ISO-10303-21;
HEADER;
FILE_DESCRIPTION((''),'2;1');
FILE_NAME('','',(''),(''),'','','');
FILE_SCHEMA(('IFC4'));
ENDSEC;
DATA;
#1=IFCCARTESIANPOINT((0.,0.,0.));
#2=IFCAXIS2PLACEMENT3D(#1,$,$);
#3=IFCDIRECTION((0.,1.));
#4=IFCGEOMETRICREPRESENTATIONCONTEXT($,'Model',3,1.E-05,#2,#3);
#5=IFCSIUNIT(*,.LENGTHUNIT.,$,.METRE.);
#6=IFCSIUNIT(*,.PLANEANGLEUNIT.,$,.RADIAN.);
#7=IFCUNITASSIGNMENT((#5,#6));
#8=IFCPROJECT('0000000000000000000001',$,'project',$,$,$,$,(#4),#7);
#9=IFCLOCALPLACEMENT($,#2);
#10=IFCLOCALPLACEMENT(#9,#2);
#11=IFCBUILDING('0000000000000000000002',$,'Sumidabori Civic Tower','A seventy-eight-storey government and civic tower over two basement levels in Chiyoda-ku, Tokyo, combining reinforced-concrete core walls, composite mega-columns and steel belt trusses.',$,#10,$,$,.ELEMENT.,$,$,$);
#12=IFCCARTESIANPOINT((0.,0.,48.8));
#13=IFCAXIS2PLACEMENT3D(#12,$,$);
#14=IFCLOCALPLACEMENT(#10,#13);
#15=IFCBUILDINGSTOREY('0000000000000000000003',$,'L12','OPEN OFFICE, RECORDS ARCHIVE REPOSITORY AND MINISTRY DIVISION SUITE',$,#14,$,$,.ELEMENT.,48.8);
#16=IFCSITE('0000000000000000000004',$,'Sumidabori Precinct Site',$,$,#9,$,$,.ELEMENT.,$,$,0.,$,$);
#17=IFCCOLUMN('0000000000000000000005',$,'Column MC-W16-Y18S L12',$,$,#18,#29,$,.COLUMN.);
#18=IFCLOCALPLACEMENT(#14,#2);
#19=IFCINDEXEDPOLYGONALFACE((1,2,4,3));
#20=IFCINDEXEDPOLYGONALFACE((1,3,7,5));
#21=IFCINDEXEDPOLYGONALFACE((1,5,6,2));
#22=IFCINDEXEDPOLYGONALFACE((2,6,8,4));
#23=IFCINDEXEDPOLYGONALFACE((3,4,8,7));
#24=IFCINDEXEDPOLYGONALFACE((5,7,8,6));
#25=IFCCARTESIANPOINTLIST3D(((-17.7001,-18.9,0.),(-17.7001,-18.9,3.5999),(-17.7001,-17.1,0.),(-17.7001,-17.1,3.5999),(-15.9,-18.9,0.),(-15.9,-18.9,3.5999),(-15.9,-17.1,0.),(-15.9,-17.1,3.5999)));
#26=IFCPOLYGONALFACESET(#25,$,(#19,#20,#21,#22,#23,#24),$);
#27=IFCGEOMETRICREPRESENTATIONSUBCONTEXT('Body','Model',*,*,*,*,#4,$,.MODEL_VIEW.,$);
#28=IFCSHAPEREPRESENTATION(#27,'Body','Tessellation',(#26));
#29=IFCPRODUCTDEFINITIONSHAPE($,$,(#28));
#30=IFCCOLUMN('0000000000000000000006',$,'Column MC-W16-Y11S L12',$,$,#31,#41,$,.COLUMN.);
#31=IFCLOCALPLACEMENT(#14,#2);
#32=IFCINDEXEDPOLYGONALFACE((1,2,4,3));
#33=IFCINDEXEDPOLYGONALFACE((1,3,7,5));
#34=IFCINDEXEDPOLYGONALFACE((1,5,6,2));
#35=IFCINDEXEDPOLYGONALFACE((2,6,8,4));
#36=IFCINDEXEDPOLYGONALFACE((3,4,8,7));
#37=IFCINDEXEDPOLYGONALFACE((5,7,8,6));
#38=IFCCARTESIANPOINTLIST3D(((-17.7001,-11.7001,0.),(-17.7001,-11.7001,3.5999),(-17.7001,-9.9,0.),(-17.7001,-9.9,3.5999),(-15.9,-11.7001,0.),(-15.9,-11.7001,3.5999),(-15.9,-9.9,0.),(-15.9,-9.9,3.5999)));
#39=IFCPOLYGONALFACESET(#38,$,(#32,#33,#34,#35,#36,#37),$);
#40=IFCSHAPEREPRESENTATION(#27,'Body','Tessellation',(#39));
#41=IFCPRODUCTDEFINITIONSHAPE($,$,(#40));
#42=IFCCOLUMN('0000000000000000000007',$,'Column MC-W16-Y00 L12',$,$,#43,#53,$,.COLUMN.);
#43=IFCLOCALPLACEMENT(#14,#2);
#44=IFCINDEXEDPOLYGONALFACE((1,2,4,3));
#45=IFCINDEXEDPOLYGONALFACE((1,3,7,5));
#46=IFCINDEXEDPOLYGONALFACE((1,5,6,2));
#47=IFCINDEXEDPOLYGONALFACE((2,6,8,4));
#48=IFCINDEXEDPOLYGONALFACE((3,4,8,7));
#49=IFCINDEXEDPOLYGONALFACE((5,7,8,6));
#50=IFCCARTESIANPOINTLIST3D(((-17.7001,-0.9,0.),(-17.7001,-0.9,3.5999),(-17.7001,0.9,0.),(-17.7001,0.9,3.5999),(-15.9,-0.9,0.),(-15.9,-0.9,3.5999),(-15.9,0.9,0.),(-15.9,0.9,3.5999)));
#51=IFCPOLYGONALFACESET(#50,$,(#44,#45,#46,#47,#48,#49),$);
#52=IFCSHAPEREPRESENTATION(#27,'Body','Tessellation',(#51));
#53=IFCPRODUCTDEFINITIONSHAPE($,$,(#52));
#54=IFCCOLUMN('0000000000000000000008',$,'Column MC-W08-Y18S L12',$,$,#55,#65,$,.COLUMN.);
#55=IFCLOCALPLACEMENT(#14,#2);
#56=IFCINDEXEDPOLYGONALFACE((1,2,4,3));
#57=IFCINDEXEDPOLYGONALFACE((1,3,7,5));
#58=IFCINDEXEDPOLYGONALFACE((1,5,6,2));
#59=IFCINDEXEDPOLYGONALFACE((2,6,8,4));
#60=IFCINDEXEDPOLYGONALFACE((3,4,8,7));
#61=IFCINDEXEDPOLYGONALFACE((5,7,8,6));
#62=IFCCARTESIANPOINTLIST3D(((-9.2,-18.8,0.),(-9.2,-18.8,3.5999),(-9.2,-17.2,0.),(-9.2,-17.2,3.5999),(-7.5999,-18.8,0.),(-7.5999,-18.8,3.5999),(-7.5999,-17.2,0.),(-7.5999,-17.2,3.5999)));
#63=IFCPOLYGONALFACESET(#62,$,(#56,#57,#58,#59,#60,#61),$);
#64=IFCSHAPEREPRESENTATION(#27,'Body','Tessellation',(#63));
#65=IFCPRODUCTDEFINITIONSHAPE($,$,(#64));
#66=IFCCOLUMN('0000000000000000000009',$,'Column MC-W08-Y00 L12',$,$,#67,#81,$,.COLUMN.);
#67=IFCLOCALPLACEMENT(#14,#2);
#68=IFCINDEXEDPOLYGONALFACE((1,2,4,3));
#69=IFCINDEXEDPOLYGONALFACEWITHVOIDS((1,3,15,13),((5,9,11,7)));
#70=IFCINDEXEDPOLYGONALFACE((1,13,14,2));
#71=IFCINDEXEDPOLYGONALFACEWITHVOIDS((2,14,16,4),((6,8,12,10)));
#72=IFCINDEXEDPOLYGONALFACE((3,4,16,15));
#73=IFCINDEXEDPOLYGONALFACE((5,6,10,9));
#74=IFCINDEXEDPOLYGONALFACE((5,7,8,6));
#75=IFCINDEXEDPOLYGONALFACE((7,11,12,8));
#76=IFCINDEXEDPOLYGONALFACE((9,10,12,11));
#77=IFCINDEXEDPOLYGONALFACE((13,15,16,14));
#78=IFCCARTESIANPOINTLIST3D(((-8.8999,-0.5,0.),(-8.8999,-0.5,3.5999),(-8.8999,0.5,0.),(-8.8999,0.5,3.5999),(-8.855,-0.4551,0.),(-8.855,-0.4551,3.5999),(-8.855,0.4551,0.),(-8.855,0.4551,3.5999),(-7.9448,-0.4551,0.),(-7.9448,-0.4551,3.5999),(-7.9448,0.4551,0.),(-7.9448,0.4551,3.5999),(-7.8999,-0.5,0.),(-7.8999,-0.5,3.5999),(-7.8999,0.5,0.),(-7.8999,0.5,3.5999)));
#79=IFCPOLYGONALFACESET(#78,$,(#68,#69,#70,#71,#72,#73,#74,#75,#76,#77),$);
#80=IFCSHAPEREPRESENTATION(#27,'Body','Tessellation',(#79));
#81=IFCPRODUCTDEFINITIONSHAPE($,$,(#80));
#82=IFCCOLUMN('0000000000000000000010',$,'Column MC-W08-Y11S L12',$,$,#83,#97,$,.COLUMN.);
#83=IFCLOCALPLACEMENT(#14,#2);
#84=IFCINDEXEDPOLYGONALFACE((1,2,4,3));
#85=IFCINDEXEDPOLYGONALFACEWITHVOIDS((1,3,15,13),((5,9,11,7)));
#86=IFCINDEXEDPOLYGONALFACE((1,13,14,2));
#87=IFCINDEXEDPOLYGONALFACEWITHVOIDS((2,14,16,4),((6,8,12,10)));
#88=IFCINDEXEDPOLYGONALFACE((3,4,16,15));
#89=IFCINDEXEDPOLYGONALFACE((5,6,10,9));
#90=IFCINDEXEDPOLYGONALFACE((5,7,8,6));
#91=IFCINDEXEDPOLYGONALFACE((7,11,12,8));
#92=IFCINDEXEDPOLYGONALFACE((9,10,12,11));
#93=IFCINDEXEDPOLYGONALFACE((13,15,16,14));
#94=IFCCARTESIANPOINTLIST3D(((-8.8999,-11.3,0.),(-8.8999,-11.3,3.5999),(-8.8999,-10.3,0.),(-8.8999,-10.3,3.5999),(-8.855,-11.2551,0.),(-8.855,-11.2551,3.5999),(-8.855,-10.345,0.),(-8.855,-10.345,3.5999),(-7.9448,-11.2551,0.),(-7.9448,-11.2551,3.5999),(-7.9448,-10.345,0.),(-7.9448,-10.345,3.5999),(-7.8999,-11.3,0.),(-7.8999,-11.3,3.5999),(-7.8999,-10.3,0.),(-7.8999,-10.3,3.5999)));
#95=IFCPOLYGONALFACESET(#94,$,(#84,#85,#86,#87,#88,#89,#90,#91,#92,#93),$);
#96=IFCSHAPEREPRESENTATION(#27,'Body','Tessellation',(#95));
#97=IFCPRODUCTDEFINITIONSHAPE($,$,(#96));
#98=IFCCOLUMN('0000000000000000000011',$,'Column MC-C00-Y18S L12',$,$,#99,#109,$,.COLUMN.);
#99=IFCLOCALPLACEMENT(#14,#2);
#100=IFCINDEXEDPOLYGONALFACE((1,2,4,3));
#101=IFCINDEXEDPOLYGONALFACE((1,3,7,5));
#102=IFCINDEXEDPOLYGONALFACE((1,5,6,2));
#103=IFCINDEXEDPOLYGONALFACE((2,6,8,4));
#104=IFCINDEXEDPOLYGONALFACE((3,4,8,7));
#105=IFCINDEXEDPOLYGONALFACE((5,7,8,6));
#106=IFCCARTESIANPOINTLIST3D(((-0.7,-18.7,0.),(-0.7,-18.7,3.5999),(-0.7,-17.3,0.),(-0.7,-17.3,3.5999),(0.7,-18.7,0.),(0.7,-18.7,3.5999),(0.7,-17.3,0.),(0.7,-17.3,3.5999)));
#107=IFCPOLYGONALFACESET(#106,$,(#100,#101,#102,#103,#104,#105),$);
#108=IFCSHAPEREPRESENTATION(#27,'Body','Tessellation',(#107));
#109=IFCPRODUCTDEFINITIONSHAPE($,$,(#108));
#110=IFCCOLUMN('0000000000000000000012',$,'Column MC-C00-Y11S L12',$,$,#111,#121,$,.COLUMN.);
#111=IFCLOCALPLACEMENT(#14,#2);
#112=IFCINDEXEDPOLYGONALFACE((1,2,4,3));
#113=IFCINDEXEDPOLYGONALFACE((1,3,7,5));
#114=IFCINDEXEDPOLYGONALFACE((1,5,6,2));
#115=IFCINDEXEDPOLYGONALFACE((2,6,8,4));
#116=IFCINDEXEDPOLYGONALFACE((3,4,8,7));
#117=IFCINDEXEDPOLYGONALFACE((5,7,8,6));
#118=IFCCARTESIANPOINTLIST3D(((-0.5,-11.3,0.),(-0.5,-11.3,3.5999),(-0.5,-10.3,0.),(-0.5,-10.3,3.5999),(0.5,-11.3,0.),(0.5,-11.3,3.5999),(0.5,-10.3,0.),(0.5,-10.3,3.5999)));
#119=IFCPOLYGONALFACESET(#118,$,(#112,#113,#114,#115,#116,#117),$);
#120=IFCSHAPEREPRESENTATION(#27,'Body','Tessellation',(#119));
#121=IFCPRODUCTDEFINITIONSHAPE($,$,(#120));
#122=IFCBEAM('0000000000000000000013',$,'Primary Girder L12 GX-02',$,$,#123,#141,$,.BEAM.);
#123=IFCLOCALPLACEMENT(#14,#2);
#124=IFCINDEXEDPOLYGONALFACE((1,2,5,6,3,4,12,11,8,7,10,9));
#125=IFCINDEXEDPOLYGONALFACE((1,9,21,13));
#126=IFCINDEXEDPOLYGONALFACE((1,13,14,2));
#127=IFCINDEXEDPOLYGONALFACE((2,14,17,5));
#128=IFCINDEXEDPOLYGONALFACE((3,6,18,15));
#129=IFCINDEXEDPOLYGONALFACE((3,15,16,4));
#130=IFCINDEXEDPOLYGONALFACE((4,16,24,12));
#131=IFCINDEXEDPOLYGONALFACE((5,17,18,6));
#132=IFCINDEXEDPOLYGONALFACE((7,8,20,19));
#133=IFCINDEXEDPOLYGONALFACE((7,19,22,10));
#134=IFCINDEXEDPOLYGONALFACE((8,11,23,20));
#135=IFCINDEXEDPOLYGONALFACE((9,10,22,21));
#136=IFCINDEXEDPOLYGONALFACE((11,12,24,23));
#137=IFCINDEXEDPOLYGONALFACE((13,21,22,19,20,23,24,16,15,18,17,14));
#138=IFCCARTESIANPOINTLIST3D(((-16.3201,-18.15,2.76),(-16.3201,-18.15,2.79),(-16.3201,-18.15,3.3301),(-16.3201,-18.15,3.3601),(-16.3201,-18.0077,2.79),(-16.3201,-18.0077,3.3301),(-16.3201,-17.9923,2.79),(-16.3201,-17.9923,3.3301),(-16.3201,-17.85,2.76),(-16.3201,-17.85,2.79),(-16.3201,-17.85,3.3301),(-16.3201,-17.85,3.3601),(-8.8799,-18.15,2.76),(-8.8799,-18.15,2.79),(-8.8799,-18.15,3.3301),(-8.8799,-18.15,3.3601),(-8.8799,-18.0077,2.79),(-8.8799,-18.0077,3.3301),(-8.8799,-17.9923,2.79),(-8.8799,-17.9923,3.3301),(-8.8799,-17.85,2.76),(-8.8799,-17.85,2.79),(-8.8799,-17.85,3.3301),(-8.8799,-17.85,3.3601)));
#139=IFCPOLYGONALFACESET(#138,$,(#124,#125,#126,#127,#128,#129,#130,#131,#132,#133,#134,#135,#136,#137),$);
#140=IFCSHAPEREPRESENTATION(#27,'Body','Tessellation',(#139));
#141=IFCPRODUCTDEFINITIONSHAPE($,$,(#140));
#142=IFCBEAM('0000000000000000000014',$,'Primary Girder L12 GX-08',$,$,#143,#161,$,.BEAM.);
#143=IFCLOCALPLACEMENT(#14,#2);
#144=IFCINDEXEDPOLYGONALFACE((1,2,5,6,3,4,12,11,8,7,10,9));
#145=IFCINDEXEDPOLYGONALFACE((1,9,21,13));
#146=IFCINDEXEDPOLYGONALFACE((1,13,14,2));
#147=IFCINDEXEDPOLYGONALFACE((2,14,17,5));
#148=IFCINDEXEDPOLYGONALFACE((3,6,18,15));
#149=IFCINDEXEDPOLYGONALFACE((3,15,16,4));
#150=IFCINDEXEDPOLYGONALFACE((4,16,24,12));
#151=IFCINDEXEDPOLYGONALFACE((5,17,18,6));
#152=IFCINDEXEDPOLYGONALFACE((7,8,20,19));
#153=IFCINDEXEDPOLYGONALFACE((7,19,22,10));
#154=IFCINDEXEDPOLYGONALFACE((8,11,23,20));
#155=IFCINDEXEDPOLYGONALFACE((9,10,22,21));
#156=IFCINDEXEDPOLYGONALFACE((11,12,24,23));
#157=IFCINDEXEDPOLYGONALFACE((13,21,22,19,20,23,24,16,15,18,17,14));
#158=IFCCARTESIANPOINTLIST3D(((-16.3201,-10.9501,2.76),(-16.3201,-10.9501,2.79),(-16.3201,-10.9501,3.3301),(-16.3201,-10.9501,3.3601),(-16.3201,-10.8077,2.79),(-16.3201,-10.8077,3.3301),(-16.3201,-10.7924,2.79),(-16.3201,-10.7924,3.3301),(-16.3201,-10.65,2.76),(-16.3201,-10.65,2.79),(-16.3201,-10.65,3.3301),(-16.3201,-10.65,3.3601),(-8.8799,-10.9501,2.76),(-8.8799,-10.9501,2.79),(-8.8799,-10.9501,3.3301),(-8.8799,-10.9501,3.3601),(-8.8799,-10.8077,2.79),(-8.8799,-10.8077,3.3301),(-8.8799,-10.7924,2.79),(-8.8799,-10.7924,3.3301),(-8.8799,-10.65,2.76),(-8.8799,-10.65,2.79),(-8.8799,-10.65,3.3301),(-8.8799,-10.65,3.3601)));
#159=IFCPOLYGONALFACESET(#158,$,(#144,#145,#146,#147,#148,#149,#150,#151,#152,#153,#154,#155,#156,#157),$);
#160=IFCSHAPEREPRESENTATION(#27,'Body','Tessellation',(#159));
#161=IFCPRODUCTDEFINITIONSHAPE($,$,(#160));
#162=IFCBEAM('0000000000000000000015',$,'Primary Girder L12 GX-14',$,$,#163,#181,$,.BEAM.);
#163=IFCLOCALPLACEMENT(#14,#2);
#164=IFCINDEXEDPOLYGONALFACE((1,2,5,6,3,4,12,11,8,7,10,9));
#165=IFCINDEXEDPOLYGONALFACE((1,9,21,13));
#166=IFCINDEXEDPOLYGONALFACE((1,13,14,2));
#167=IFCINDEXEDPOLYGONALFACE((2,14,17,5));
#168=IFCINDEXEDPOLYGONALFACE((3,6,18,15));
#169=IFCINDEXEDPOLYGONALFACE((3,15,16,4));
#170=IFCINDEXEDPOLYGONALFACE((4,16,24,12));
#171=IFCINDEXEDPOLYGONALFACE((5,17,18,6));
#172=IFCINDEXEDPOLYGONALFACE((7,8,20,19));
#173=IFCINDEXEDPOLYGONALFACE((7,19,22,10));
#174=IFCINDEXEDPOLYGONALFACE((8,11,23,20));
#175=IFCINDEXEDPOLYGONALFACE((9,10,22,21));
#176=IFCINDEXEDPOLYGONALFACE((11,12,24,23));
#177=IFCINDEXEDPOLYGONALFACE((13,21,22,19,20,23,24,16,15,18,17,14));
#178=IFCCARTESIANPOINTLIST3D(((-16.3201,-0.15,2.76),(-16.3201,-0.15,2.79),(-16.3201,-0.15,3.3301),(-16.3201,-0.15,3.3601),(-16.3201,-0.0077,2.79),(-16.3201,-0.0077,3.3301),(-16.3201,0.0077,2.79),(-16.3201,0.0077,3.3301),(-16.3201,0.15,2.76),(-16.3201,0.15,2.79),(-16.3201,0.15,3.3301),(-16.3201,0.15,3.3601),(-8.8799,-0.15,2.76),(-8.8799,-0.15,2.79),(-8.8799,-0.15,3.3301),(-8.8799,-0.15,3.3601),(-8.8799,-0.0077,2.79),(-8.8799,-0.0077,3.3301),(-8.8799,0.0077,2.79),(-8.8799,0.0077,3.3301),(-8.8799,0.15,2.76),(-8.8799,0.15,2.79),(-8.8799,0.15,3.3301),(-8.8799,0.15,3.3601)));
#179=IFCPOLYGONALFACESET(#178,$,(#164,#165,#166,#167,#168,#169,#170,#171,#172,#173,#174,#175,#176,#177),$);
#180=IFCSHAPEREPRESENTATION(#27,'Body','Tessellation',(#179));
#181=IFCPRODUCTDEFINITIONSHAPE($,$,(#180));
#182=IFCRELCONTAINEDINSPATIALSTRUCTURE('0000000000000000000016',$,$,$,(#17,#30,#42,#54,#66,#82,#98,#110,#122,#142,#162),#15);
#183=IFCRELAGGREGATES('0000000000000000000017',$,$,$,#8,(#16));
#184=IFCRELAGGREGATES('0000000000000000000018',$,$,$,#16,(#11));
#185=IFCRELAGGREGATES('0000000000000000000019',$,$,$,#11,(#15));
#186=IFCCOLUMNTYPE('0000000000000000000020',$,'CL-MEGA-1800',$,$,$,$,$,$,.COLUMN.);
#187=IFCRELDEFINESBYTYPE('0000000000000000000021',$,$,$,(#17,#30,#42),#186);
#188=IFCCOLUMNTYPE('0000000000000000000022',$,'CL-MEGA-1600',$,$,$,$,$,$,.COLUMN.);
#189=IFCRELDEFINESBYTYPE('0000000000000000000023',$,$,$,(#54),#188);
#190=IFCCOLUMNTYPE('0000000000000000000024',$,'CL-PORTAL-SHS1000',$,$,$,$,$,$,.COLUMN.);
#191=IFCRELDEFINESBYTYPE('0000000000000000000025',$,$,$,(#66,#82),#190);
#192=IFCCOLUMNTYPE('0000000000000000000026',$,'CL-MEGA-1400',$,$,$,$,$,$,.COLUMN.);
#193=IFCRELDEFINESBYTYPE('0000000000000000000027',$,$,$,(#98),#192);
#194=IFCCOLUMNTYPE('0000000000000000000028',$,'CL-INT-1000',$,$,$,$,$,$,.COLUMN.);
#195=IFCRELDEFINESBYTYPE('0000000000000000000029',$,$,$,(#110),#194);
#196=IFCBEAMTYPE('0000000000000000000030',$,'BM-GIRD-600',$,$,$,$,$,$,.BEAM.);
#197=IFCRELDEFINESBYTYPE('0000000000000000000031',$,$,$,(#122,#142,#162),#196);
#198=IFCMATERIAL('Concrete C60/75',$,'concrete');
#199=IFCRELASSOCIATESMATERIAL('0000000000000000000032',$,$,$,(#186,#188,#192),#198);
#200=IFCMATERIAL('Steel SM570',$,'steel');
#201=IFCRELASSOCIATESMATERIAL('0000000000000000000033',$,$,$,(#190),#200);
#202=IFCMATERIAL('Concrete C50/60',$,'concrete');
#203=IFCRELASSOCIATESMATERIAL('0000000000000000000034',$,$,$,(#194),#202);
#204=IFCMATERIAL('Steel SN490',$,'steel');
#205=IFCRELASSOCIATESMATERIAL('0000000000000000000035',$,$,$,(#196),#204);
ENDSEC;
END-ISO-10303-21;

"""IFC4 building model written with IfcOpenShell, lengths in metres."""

from ifc_helpers import new_model, si_unit, direction, frame, origin, origin_2d, place, context, subcontext, project, spatial, rectangle, hollow_rectangle, i_section, extrude, source, transform, mapped, material, material_profile, profile_set, type_object, element, save


model = new_model("IFC4")

# Units and contexts
model_context = context("Model", 3, precision=1e-05, world=origin(), true_north=direction((0.0, 1.0)))
body_context = subcontext(model_context, "Body", "Model", "MODEL_VIEW")
ifc_project = project(units=[si_unit("LENGTHUNIT", "METRE"), si_unit("PLANEANGLEUNIT", "RADIAN")], contexts=[model_context])

# Site, building, storey
site_placement = place(None, origin())
site = spatial("IfcSite", under=ifc_project, at=site_placement, Name="Sumidabori Precinct Site", CompositionType="ELEMENT", RefElevation=0.0)
building_placement = place(site_placement, origin())
building = spatial("IfcBuilding", under=site, at=building_placement, Name="Sumidabori Civic Tower", Description="A seventy-eight-storey government and civic tower over two basement levels in Chiyoda-ku, Tokyo, combining reinforced-concrete core walls, composite mega-columns and steel belt trusses.", CompositionType="ELEMENT")
storey_placement = place(building_placement, frame((0.0, 0.0, 48.8)))
storey = spatial("IfcBuildingStorey", under=building, at=storey_placement, Name="L12", Description="OPEN OFFICE, RECORDS ARCHIVE REPOSITORY AND MINISTRY DIVISION SUITE", CompositionType="ELEMENT", Elevation=48.8)

# Columns
ifc_material_1 = material(Name="Concrete C60/75", Category="concrete")
ifc_material_profile_1 = material_profile(ifc_material_1, rectangle(XDim=1.8, YDim=1.8, at=origin_2d()), Name="RC 1800x1800")
ifc_profile_set_1 = profile_set([ifc_material_profile_1], Name="Concrete C60/75")
column_type_1 = type_object("IfcColumnType", Name="CL-MEGA-1800", PredefinedType="COLUMN", material=ifc_profile_set_1)
shared_shape_1 = source(origin(), body_context, "Body", "SweptSolid", [
    extrude(rectangle(XDim=1.8, YDim=1.8, at=origin_2d()), origin(), (0.0, 0.0, 1.0), 3.5999),
])
for number, where, z_axis, x_axis, name in (
    (1, (-16.8, -18.0, 0.0), (0.0, 0.0, 1.0), (1.0, 0.0, 0.0), "Column MC-W16-Y18S L12"),
    (2, (-16.8, -10.8, 0.0), (0.0, 0.0, 1.0), (1.0, 0.0, 0.0), "Column MC-W16-Y11S L12"),
    (3, (-16.8, 0.0, 0.0), (0.0, 0.0, 1.0), (1.0, 0.0, 0.0), "Column MC-W16-Y00 L12"),
):
    element("IfcColumn", number, at=place(storey_placement, frame(where, z_axis=z_axis, x_axis=x_axis)), inside=storey, type_object=column_type_1, Name=name, PredefinedType="COLUMN", context=body_context, shape_type="MappedRepresentation", body=[
        mapped(shared_shape_1, transform((0.0, 0.0, 0.0), x_axis=(1.0, 0.0, 0.0), y_axis=(0.0, 1.0, 0.0), z_axis=(0.0, 0.0, 1.0), scale=1.0)),
    ])
ifc_material_profile_2 = material_profile(ifc_material_1, rectangle(XDim=1.6001, YDim=1.6001, at=origin_2d()), Name="RC 1600x1600")
ifc_profile_set_2 = profile_set([ifc_material_profile_2], Name="Concrete C60/75")
column_type_2 = type_object("IfcColumnType", Name="CL-MEGA-1600", PredefinedType="COLUMN", material=ifc_profile_set_2)
shared_shape_2 = source(origin(), body_context, "Body", "SweptSolid", [
    extrude(rectangle(XDim=1.6001, YDim=1.6001, at=origin_2d()), origin(), (0.0, 0.0, 1.0), 3.5999),
])
column_1_placement = place(storey_placement, frame((-8.3999, -18.0, 0.0), z_axis=(0.0, 0.0, 1.0), x_axis=(1.0, 0.0, 0.0)))
element("IfcColumn", 4, at=column_1_placement, inside=storey, type_object=column_type_2, Name="Column MC-W08-Y18S L12", PredefinedType="COLUMN", context=body_context, shape_type="MappedRepresentation", body=[
    mapped(shared_shape_2, transform((0.0, 0.0, 0.0), x_axis=(1.0, 0.0, 0.0), y_axis=(0.0, 1.0, 0.0), z_axis=(0.0, 0.0, 1.0), scale=1.0)),
])
ifc_material_2 = material(Name="Steel SM570", Category="steel")
ifc_material_profile_3 = material_profile(ifc_material_2, hollow_rectangle(XDim=1.0, YDim=1.0, WallThickness=0.0449, at=origin_2d()), Name="SHS 1000x1000x45")
ifc_profile_set_3 = profile_set([ifc_material_profile_3], Name="Steel SM570")
column_type_3 = type_object("IfcColumnType", Name="CL-PORTAL-SHS1000", PredefinedType="COLUMN", material=ifc_profile_set_3)
shared_shape_3 = source(origin(), body_context, "Body", "SweptSolid", [
    extrude(hollow_rectangle(XDim=1.0, YDim=1.0, WallThickness=0.0449, at=origin_2d()), origin(), (0.0, 0.0, 1.0), 3.5999),
])
for number, where, z_axis, x_axis, name in (
    (5, (-8.3999, 0.0, 0.0), (0.0, 0.0, 1.0), (1.0, 0.0, 0.0), "Column MC-W08-Y00 L12"),
    (6, (-8.3999, -10.8, 0.0), (0.0, 0.0, 1.0), (1.0, 0.0, 0.0), "Column MC-W08-Y11S L12"),
):
    element("IfcColumn", number, at=place(storey_placement, frame(where, z_axis=z_axis, x_axis=x_axis)), inside=storey, type_object=column_type_3, Name=name, PredefinedType="COLUMN", context=body_context, shape_type="MappedRepresentation", body=[
        mapped(shared_shape_3, transform((0.0, 0.0, 0.0), x_axis=(1.0, 0.0, 0.0), y_axis=(0.0, 1.0, 0.0), z_axis=(0.0, 0.0, 1.0), scale=1.0)),
    ])
ifc_material_profile_4 = material_profile(ifc_material_1, rectangle(XDim=1.3999, YDim=1.3999, at=origin_2d()), Name="RC 1400x1400")
ifc_profile_set_4 = profile_set([ifc_material_profile_4], Name="Concrete C60/75")
column_type_4 = type_object("IfcColumnType", Name="CL-MEGA-1400", PredefinedType="COLUMN", material=ifc_profile_set_4)
shared_shape_4 = source(origin(), body_context, "Body", "SweptSolid", [
    extrude(rectangle(XDim=1.3999, YDim=1.3999, at=origin_2d()), origin(), (0.0, 0.0, 1.0), 3.5999),
])
column_2_placement = place(storey_placement, frame((0.0, -18.0, 0.0), z_axis=(0.0, 0.0, 1.0), x_axis=(1.0, 0.0, 0.0)))
element("IfcColumn", 7, at=column_2_placement, inside=storey, type_object=column_type_4, Name="Column MC-C00-Y18S L12", PredefinedType="COLUMN", context=body_context, shape_type="MappedRepresentation", body=[
    mapped(shared_shape_4, transform((0.0, 0.0, 0.0), x_axis=(1.0, 0.0, 0.0), y_axis=(0.0, 1.0, 0.0), z_axis=(0.0, 0.0, 1.0), scale=1.0)),
])
ifc_material_3 = material(Name="Concrete C50/60", Category="concrete")
ifc_material_profile_5 = material_profile(ifc_material_3, rectangle(XDim=1.0, YDim=1.0, at=origin_2d()), Name="RC 1000x1000")
ifc_profile_set_5 = profile_set([ifc_material_profile_5], Name="Concrete C50/60")
column_type_5 = type_object("IfcColumnType", Name="CL-INT-1000", PredefinedType="COLUMN", material=ifc_profile_set_5)
shared_shape_5 = source(origin(), body_context, "Body", "SweptSolid", [
    extrude(rectangle(XDim=1.0, YDim=1.0, at=origin_2d()), origin(), (0.0, 0.0, 1.0), 3.5999),
])
column_3_placement = place(storey_placement, frame((0.0, -10.8, 0.0), z_axis=(0.0, 0.0, 1.0), x_axis=(1.0, 0.0, 0.0)))
element("IfcColumn", 8, at=column_3_placement, inside=storey, type_object=column_type_5, Name="Column MC-C00-Y11S L12", PredefinedType="COLUMN", context=body_context, shape_type="MappedRepresentation", body=[
    mapped(shared_shape_5, transform((0.0, 0.0, 0.0), x_axis=(1.0, 0.0, 0.0), y_axis=(0.0, 1.0, 0.0), z_axis=(0.0, 0.0, 1.0), scale=1.0)),
])

# Beams
ifc_material_4 = material(Name="Steel SN490", Category="steel")
ifc_material_profile_6 = material_profile(ifc_material_4, i_section(OverallWidth=0.3, OverallDepth=0.6001, WebThickness=0.0154, FlangeThickness=0.03, at=origin_2d()), Name="HE 600 B")
ifc_profile_set_6 = profile_set([ifc_material_profile_6], Name="Steel SN490")
beam_type_1 = type_object("IfcBeamType", Name="BM-GIRD-600", PredefinedType="BEAM", material=ifc_profile_set_6)
shared_shape_6 = source(origin(), body_context, "Body", "SweptSolid", [
    extrude(i_section(OverallWidth=0.3, OverallDepth=0.6001, WebThickness=0.0154, FlangeThickness=0.03, at=origin_2d()), origin(), (0.0, 0.0, 1.0), 7.4402),
])
for number, where, z_axis, x_axis, name in (
    (9, (-16.3201, -18.0, 3.0601), (1.0, 0.0, 0.0), (0.0, 1.0, 0.0), "Primary Girder L12 GX-02"),
    (10, (-16.3201, -10.8, 3.0601), (1.0, 0.0, 0.0), (0.0, 1.0, 0.0), "Primary Girder L12 GX-08"),
    (11, (-16.3201, 0.0, 3.0601), (1.0, 0.0, 0.0), (0.0, 1.0, 0.0), "Primary Girder L12 GX-14"),
):
    element("IfcBeam", number, at=place(storey_placement, frame(where, z_axis=z_axis, x_axis=x_axis)), inside=storey, type_object=beam_type_1, Name=name, PredefinedType="BEAM", context=body_context, shape_type="MappedRepresentation", body=[
        mapped(shared_shape_6, transform((0.0, 0.0, 0.0), x_axis=(1.0, 0.0, 0.0), y_axis=(0.0, 1.0, 0.0), z_axis=(0.0, 0.0, 1.0), scale=1.0)),
    ])

save(model, "model.ifc")
